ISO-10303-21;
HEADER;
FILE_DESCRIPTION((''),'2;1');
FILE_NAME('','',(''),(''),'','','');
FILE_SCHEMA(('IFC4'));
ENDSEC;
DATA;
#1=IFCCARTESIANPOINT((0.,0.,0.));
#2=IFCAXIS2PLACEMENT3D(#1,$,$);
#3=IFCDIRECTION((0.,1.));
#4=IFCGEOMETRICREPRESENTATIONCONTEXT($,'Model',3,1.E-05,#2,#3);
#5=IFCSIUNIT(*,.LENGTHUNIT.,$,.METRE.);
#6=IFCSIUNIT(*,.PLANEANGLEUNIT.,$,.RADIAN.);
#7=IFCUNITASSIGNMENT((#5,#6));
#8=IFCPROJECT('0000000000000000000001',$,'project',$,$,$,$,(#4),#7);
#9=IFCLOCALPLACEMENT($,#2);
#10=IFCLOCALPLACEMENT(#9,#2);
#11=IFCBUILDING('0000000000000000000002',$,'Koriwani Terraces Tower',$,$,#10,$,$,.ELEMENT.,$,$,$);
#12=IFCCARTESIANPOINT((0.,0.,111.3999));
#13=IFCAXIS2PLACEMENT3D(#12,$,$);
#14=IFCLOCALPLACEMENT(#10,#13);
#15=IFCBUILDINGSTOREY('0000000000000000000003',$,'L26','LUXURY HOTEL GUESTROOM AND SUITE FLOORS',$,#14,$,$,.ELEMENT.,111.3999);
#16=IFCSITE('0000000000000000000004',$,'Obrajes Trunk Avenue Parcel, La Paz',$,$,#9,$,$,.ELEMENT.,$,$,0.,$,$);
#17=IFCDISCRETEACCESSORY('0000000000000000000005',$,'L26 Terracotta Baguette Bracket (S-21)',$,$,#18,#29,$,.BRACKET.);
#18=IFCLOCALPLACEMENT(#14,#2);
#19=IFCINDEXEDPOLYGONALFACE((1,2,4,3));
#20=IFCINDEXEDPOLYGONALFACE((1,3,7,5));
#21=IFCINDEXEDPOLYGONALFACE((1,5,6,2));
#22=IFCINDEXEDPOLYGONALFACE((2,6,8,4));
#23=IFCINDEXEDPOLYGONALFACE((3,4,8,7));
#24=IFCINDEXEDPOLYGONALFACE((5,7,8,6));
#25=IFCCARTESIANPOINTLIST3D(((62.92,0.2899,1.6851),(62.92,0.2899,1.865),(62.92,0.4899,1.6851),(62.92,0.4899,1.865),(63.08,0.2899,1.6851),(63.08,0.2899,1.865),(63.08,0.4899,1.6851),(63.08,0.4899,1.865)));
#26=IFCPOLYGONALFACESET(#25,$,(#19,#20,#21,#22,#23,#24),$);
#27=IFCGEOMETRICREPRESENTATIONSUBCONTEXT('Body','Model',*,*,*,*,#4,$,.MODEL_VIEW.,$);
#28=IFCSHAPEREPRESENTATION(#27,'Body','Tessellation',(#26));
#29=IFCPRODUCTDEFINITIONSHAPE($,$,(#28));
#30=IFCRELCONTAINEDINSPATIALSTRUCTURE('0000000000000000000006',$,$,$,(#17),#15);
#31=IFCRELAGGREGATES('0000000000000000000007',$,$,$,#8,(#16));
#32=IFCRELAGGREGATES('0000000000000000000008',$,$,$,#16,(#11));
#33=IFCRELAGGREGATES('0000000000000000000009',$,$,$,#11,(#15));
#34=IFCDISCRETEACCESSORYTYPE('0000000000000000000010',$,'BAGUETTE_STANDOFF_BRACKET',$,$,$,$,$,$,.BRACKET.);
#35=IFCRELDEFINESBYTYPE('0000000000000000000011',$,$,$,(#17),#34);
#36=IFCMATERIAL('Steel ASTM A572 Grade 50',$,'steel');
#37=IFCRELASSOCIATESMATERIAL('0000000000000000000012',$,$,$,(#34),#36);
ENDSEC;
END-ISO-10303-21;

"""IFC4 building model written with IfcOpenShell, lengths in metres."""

from ifc_helpers import new_model, si_unit, direction, frame, origin, origin_2d, place, context, subcontext, project, spatial, rectangle, extrude, material, type_object, element, save


model = new_model("IFC4")

# Units and contexts
model_context = context("Model", 3, precision=1e-05, world=origin(), true_north=direction((0.0, 1.0)))
body_context = subcontext(model_context, "Body", "Model", "MODEL_VIEW")
ifc_project = project(units=[si_unit("LENGTHUNIT", "METRE"), si_unit("PLANEANGLEUNIT", "RADIAN")], contexts=[model_context])

# Site, building, storey
site_placement = place(None, origin())
site = spatial("IfcSite", under=ifc_project, at=site_placement, Name="Obrajes Trunk Avenue Parcel, La Paz", CompositionType="ELEMENT", RefElevation=0.0)
building_placement = place(site_placement, origin())
building = spatial("IfcBuilding", under=site, at=building_placement, Name="Koriwani Terraces Tower", CompositionType="ELEMENT")
storey_placement = place(building_placement, frame((0.0, 0.0, 111.3999)))
storey = spatial("IfcBuildingStorey", under=building, at=storey_placement, Name="L26", Description="LUXURY HOTEL GUESTROOM AND SUITE FLOORS", CompositionType="ELEMENT", Elevation=111.3999)

# Shared definitions
ifc_material_1 = material(Name="Steel ASTM A572 Grade 50", Category="steel")

# Discrete accessory
discrete_accessory_type = type_object("IfcDiscreteAccessoryType", Name="BAGUETTE_STANDOFF_BRACKET", PredefinedType="BRACKET", material=ifc_material_1)
discrete_accessory_placement = place(storey_placement, frame((63.0, 0.3899, 1.6851), z_axis=(0.0, 0.0, 1.0), x_axis=(-1.0, 0.0, 0.0)))
element("IfcDiscreteAccessory", 1, at=discrete_accessory_placement, inside=storey, type_object=discrete_accessory_type, Name="L26 Terracotta Baguette Bracket (S-21)", PredefinedType="BRACKET", context=body_context, shape_type="SweptSolid", body=[
    extrude(rectangle(XDim=0.1599, YDim=0.2, at=origin_2d()), origin(), (0.0, 0.0, 1.0), 0.1799),
])

save(model, "model.ifc")
